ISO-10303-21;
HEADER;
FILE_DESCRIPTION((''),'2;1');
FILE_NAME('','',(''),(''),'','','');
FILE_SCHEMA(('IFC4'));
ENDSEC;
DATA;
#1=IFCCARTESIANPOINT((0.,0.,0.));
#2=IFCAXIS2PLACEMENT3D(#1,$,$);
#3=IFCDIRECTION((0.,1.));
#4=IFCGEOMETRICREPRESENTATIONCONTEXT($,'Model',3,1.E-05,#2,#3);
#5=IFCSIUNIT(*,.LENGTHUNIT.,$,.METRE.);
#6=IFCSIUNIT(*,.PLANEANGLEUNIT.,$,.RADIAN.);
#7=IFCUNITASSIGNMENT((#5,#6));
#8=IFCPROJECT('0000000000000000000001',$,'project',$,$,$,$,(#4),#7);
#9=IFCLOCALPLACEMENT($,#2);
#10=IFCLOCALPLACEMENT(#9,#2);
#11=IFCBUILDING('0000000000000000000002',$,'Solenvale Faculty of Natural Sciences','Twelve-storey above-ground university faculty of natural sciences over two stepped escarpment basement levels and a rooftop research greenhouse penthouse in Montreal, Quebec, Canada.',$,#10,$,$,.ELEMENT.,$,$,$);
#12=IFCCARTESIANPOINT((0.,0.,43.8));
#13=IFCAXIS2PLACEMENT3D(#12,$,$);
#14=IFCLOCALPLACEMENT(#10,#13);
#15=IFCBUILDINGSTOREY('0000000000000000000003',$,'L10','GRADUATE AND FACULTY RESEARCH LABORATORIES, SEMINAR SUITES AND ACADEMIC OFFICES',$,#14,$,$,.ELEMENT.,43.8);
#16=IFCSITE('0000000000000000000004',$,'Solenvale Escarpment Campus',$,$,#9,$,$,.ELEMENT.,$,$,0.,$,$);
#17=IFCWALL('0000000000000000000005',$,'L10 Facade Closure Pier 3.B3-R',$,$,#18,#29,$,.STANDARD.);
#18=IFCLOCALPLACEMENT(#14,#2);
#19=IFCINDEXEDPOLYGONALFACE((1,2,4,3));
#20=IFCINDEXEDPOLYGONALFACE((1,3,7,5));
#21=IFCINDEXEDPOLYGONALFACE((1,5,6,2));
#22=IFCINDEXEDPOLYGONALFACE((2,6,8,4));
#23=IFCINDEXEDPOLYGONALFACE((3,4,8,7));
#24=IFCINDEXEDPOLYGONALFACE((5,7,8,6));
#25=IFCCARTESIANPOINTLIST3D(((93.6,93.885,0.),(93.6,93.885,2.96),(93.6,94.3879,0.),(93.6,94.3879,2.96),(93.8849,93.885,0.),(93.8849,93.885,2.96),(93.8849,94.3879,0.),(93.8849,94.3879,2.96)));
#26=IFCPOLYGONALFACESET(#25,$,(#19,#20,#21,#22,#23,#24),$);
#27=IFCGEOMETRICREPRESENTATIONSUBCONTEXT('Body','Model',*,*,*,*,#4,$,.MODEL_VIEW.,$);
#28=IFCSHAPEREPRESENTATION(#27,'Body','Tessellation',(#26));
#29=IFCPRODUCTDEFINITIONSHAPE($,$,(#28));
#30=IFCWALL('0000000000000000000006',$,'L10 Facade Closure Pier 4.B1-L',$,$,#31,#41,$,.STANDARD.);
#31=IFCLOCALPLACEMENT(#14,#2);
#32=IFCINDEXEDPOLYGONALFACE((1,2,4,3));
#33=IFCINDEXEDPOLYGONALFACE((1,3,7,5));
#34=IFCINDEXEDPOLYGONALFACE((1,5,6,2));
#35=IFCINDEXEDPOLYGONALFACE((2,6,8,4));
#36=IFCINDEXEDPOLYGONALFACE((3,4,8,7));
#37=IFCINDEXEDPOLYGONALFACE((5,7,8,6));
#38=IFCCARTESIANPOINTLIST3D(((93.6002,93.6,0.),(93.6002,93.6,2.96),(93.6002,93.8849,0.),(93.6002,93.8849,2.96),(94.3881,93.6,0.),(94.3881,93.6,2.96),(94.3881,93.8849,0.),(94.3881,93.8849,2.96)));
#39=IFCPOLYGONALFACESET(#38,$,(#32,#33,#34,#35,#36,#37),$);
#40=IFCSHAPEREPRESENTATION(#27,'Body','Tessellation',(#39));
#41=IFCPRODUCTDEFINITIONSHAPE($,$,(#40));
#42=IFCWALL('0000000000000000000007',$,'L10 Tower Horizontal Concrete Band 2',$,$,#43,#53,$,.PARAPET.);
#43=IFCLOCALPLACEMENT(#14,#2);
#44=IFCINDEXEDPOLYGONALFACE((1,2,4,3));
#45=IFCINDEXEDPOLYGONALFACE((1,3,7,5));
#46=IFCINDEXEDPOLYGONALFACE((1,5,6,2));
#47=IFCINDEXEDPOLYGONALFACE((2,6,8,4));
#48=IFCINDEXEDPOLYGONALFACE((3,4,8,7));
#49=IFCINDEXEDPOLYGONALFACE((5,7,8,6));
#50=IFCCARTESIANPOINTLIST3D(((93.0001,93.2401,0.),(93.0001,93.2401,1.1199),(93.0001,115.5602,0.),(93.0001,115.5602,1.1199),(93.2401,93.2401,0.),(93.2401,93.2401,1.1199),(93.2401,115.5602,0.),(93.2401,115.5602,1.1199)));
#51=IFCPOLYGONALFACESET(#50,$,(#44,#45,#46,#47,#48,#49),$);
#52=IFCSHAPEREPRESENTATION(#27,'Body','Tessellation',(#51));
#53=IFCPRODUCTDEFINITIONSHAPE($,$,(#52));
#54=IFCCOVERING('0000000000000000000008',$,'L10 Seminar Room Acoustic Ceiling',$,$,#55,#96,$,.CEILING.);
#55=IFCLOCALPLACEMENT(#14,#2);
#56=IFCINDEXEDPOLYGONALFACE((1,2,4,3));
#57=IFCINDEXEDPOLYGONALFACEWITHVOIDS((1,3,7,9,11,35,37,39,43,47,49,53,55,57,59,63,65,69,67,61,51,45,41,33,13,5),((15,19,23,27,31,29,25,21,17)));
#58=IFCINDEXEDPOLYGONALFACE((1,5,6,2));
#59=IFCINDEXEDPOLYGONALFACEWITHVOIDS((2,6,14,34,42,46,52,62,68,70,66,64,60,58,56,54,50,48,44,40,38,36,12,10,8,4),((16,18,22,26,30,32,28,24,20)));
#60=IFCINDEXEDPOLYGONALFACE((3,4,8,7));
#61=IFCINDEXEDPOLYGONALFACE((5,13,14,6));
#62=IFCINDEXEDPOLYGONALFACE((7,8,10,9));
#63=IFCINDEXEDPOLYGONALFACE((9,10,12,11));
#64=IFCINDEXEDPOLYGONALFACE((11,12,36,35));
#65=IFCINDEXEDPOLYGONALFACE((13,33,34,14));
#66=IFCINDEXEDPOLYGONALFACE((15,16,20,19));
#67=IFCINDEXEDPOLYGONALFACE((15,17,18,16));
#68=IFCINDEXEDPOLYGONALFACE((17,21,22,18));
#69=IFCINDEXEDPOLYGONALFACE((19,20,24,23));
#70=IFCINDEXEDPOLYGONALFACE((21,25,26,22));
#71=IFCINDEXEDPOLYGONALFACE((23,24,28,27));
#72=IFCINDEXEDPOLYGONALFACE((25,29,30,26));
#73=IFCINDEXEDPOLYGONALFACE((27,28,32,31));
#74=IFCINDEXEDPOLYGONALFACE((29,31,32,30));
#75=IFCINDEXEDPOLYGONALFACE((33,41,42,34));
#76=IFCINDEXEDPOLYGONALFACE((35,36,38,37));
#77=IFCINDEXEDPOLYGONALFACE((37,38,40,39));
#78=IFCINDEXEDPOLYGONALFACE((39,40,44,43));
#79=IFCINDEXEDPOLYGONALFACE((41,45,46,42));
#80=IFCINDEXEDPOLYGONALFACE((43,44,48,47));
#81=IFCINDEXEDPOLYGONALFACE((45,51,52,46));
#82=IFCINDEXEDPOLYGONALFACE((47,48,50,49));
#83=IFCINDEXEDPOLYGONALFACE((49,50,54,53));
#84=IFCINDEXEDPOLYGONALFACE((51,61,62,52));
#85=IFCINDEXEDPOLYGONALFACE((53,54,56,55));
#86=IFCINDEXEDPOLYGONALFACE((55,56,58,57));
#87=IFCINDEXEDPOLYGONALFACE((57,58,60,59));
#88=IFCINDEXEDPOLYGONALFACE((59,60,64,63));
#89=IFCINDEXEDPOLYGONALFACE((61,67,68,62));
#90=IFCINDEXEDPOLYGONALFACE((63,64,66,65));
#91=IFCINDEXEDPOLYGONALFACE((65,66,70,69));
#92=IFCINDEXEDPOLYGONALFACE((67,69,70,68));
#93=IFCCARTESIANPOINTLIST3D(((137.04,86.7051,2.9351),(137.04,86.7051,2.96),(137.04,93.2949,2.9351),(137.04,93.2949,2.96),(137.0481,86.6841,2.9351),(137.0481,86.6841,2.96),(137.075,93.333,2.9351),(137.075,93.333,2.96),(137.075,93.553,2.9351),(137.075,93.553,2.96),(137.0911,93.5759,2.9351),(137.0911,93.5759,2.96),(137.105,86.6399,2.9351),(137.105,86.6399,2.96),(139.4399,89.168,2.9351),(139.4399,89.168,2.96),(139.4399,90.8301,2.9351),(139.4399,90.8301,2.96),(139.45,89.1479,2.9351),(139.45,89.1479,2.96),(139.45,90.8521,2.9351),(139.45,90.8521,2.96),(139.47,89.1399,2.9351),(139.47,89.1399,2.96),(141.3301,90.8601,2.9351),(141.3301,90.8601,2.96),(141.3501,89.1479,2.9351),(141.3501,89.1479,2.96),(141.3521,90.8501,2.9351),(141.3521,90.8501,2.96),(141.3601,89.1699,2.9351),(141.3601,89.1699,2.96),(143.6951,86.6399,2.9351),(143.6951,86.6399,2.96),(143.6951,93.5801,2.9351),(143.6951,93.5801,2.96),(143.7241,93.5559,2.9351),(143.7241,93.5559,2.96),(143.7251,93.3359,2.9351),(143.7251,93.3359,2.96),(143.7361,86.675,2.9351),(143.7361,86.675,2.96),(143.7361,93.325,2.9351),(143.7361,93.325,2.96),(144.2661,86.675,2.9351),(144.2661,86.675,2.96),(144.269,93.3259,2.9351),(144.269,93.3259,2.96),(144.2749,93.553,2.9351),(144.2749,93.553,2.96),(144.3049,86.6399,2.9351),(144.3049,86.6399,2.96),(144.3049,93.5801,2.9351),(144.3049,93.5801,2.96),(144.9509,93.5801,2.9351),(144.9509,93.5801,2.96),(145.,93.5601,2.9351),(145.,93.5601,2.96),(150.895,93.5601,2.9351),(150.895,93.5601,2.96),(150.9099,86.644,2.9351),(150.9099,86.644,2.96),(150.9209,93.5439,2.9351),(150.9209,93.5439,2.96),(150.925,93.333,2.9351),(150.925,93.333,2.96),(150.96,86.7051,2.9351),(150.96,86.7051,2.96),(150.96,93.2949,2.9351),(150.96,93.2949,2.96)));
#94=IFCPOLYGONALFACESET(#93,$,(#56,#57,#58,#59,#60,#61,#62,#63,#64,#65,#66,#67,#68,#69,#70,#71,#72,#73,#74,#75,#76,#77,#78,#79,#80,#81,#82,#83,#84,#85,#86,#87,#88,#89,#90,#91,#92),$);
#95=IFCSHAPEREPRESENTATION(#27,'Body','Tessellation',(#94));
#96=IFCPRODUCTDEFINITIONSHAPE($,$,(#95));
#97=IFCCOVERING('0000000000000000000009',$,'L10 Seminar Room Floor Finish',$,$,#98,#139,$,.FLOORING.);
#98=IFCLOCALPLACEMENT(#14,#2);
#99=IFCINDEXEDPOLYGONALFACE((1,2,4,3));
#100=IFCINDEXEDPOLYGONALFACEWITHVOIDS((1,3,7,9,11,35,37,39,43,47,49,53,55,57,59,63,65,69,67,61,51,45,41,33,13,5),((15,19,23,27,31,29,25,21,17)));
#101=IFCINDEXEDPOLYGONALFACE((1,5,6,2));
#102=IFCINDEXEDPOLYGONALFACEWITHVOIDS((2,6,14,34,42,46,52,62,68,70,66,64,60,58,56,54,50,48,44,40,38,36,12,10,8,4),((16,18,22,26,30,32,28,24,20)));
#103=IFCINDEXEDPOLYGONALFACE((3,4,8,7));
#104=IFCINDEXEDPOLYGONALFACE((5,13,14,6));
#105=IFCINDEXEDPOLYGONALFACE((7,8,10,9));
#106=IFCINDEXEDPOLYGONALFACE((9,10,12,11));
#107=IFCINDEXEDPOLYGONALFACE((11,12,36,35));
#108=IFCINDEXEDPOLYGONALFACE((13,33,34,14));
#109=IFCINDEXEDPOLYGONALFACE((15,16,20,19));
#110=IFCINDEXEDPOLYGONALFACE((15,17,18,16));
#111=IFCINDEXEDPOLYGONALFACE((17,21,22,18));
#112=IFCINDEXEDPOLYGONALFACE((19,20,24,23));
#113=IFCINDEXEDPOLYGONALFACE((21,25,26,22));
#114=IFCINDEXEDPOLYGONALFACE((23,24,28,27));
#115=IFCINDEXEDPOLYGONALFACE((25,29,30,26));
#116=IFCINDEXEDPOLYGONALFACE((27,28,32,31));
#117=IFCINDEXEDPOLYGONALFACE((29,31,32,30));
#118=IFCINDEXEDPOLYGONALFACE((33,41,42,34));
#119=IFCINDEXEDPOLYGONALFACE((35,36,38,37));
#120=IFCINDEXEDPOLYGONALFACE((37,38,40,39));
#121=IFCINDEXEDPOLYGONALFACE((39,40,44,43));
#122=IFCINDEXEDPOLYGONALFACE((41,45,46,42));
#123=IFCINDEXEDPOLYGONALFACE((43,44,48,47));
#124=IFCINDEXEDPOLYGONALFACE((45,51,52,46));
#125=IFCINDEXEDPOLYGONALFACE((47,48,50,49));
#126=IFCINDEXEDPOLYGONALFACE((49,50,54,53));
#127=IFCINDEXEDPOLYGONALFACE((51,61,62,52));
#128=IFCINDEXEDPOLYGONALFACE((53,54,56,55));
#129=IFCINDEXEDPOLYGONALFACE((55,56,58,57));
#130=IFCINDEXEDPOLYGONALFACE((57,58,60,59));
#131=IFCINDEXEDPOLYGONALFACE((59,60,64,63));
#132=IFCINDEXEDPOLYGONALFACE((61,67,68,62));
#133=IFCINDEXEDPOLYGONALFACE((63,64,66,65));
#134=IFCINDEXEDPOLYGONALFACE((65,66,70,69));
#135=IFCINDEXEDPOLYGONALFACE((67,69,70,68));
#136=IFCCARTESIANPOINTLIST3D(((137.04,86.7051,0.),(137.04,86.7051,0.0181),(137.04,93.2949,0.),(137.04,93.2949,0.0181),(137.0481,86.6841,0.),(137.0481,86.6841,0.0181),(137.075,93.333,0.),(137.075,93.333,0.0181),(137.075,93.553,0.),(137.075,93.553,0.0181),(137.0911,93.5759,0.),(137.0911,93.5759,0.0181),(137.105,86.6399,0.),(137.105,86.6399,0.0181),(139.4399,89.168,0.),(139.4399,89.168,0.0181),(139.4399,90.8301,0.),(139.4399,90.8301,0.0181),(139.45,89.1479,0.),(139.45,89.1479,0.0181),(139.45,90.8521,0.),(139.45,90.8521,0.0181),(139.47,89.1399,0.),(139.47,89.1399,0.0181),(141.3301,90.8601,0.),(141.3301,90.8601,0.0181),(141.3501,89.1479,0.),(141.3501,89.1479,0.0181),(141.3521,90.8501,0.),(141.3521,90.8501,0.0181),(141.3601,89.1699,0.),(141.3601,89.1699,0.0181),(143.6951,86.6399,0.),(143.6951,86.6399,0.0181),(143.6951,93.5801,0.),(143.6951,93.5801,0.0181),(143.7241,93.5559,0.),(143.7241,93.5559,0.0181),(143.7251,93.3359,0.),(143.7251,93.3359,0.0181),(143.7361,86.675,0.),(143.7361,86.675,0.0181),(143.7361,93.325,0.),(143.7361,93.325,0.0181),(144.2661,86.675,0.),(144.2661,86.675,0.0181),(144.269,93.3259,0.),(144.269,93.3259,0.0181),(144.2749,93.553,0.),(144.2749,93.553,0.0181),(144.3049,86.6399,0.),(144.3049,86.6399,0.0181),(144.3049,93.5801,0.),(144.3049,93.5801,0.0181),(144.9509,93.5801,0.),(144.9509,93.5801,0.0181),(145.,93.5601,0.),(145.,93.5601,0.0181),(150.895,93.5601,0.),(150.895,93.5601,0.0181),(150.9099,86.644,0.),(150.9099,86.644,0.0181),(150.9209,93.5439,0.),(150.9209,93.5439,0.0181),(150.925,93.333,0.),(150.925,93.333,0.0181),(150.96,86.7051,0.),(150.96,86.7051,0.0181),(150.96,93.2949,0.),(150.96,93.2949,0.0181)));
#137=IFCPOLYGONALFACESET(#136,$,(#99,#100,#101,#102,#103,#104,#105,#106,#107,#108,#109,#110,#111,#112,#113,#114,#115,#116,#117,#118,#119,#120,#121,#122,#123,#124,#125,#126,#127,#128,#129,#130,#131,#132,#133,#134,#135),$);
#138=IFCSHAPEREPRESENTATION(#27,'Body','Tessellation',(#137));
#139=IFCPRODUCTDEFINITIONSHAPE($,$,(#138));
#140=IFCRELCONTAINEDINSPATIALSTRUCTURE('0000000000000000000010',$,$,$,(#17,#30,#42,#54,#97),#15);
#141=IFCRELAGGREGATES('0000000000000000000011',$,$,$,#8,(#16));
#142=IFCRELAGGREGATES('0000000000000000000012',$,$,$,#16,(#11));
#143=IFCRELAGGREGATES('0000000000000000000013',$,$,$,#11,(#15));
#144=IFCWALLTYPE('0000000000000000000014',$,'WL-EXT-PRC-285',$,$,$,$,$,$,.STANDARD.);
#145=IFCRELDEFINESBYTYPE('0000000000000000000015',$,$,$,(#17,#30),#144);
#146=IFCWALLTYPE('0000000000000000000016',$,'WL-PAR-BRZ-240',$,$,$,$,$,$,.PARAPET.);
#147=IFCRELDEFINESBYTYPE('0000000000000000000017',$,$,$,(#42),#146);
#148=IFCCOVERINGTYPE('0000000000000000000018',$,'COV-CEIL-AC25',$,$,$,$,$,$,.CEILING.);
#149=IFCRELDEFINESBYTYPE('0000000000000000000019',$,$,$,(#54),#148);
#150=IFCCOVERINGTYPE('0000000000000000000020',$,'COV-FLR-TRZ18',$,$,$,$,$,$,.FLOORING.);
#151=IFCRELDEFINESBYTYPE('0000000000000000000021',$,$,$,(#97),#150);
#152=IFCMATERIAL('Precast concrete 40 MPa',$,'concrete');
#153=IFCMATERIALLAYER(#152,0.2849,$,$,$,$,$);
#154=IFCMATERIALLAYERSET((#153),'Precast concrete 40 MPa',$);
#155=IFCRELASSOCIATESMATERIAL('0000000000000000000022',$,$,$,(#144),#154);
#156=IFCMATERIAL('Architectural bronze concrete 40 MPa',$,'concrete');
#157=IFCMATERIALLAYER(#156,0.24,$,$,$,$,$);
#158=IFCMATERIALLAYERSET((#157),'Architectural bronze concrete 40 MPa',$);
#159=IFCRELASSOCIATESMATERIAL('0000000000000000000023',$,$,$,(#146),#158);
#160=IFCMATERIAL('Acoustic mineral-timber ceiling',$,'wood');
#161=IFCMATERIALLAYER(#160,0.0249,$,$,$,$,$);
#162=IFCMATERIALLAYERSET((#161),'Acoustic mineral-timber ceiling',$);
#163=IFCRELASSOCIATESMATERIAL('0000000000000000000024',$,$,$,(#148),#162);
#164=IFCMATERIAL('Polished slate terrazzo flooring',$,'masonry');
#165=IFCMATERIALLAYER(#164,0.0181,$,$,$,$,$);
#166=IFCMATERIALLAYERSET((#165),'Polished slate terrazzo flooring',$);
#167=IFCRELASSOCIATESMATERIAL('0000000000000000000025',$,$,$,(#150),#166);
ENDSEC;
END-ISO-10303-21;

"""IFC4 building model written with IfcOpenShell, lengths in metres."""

from ifc_helpers import new_model, si_unit, direction, frame, frame_2d, origin, place, context, subcontext, project, spatial, polyline, rectangle, outline, extrude, material, layer, layer_set, type_object, element, save


model = new_model("IFC4")

# Units and contexts
model_context = context("Model", 3, precision=1e-05, world=origin(), true_north=direction((0.0, 1.0)))
body_context = subcontext(model_context, "Body", "Model", "MODEL_VIEW")
ifc_project = project(units=[si_unit("LENGTHUNIT", "METRE"), si_unit("PLANEANGLEUNIT", "RADIAN")], contexts=[model_context])

# Site, building, storey
site_placement = place(None, origin())
site = spatial("IfcSite", under=ifc_project, at=site_placement, Name="Solenvale Escarpment Campus", CompositionType="ELEMENT", RefElevation=0.0)
building_placement = place(site_placement, origin())
building = spatial("IfcBuilding", under=site, at=building_placement, Name="Solenvale Faculty of Natural Sciences", Description="Twelve-storey above-ground university faculty of natural sciences over two stepped escarpment basement levels and a rooftop research greenhouse penthouse in Montreal, Quebec, Canada.", CompositionType="ELEMENT")
storey_placement = place(building_placement, frame((0.0, 0.0, 43.8)))
storey = spatial("IfcBuildingStorey", under=building, at=storey_placement, Name="L10", Description="GRADUATE AND FACULTY RESEARCH LABORATORIES, SEMINAR SUITES AND ACADEMIC OFFICES", CompositionType="ELEMENT", Elevation=43.8)

# Walls
ifc_material_1 = material(Name="Precast concrete 40 MPa", Category="concrete")
ifc_layer_1 = layer(ifc_material_1, 0.2849)
ifc_layer_set_1 = layer_set([ifc_layer_1], Name="Precast concrete 40 MPa")
wall_type_1 = type_object("IfcWallType", Name="WL-EXT-PRC-285", PredefinedType="STANDARD", material=ifc_layer_set_1)
wall_1_placement = place(storey_placement, frame((93.7424, 94.3879, 0.0), z_axis=(0.0, 0.0, 1.0), x_axis=(0.0, -1.0, 0.0)))
element("IfcWall", 1, at=wall_1_placement, inside=storey, type_object=wall_type_1, Name="L10 Facade Closure Pier 3.B3-R", PredefinedType="STANDARD", context=body_context, shape_type="SweptSolid", body=[
    extrude(rectangle(XDim=0.5029, YDim=0.2849, at=frame_2d((0.2515, 0.0))), origin(), (0.0, 0.0, 1.0), 2.96),
])
wall_2_placement = place(storey_placement, frame((93.6001, 93.7424, 0.0), z_axis=(0.0, 0.0, 1.0), x_axis=(1.0, 0.0, 0.0)))
element("IfcWall", 2, at=wall_2_placement, inside=storey, type_object=wall_type_1, Name="L10 Facade Closure Pier 4.B1-L", PredefinedType="STANDARD", context=body_context, shape_type="SweptSolid", body=[
    extrude(rectangle(XDim=0.7878, YDim=0.2849, at=frame_2d((0.394, 0.0))), origin(), (0.0, 0.0, 1.0), 2.96),
])
ifc_material_2 = material(Name="Architectural bronze concrete 40 MPa", Category="concrete")
ifc_layer_2 = layer(ifc_material_2, 0.24)
ifc_layer_set_2 = layer_set([ifc_layer_2], Name="Architectural bronze concrete 40 MPa")
wall_type_2 = type_object("IfcWallType", Name="WL-PAR-BRZ-240", PredefinedType="PARAPET", material=ifc_layer_set_2)
wall_3_placement = place(storey_placement, frame((93.1201, 93.24, 0.0), z_axis=(0.0, 0.0, 1.0), x_axis=(0.0, 1.0, 0.0)))
element("IfcWall", 3, at=wall_3_placement, inside=storey, type_object=wall_type_2, Name="L10 Tower Horizontal Concrete Band 2", PredefinedType="PARAPET", context=body_context, shape_type="SweptSolid", body=[
    extrude(rectangle(XDim=22.3201, YDim=0.24, at=frame_2d((11.1602, 0.0))), origin(), (0.0, 0.0, 1.0), 1.1199),
])

# Coverings
ifc_material_3 = material(Name="Acoustic mineral-timber ceiling", Category="wood")
ifc_layer_3 = layer(ifc_material_3, 0.0249)
ifc_layer_set_3 = layer_set([ifc_layer_3], Name="Acoustic mineral-timber ceiling")
covering_type_1 = type_object("IfcCoveringType", Name="COV-CEIL-AC25", PredefinedType="CEILING", material=ifc_layer_set_3)
covering_1_placement = place(storey_placement, frame((0.0, 0.0, 2.9351)))
element("IfcCovering", 4, at=covering_1_placement, inside=storey, type_object=covering_type_1, Name="L10 Seminar Room Acoustic Ceiling", PredefinedType="CEILING", context=body_context, shape_type="SweptSolid", body=[
    extrude(outline(polyline([(137.105, 86.6399), (137.0481, 86.6841), (137.04, 86.7051), (137.04, 93.2949), (137.075, 93.333), (137.075, 93.553), (137.0911, 93.5759), (143.6951, 93.5801), (143.7241, 93.5559), (143.7251, 93.3359), (143.7361, 93.325), (144.269, 93.3259), (144.2749, 93.553), (144.3049, 93.5801), (144.9509, 93.5801), (145.0, 93.5601), (150.895, 93.5601), (150.9209, 93.5439), (150.925, 93.333), (150.96, 93.2949), (150.96, 86.7051), (150.9099, 86.644), (144.3049, 86.6399), (144.2661, 86.675), (143.7361, 86.675), (143.6951, 86.6399), (137.105, 86.6399)]), holes=[polyline([(139.4399, 89.168), (139.45, 89.1479), (139.47, 89.1399), (141.3501, 89.1479), (141.3601, 89.1699), (141.3521, 90.8501), (141.3301, 90.8601), (139.45, 90.8521), (139.4399, 90.8301), (139.4399, 89.168)])]), origin(), (0.0, 0.0, 1.0), 0.0249),
])
ifc_material_4 = material(Name="Polished slate terrazzo flooring", Category="masonry")
ifc_layer_4 = layer(ifc_material_4, 0.0181)
ifc_layer_set_4 = layer_set([ifc_layer_4], Name="Polished slate terrazzo flooring")
covering_type_2 = type_object("IfcCoveringType", Name="COV-FLR-TRZ18", PredefinedType="FLOORING", material=ifc_layer_set_4)
covering_2_placement = place(storey_placement, origin())
element("IfcCovering", 5, at=covering_2_placement, inside=storey, type_object=covering_type_2, Name="L10 Seminar Room Floor Finish", PredefinedType="FLOORING", context=body_context, shape_type="SweptSolid", body=[
    extrude(outline(polyline([(137.105, 86.6399), (137.0481, 86.6841), (137.04, 86.7051), (137.04, 93.2949), (137.075, 93.333), (137.075, 93.553), (137.0911, 93.5759), (143.6951, 93.5801), (143.7241, 93.5559), (143.7251, 93.3359), (143.7361, 93.325), (144.269, 93.3259), (144.2749, 93.553), (144.3049, 93.5801), (144.9509, 93.5801), (145.0, 93.5601), (150.895, 93.5601), (150.9209, 93.5439), (150.925, 93.333), (150.96, 93.2949), (150.96, 86.7051), (150.9099, 86.644), (144.3049, 86.6399), (144.2661, 86.675), (143.7361, 86.675), (143.6951, 86.6399), (137.105, 86.6399)]), holes=[polyline([(139.4399, 89.168), (139.45, 89.1479), (139.47, 89.1399), (141.3501, 89.1479), (141.3601, 89.1699), (141.3521, 90.8501), (141.3301, 90.8601), (139.45, 90.8521), (139.4399, 90.8301), (139.4399, 89.168)])]), origin(), (0.0, 0.0, 1.0), 0.0181),
])

save(model, "model.ifc")
